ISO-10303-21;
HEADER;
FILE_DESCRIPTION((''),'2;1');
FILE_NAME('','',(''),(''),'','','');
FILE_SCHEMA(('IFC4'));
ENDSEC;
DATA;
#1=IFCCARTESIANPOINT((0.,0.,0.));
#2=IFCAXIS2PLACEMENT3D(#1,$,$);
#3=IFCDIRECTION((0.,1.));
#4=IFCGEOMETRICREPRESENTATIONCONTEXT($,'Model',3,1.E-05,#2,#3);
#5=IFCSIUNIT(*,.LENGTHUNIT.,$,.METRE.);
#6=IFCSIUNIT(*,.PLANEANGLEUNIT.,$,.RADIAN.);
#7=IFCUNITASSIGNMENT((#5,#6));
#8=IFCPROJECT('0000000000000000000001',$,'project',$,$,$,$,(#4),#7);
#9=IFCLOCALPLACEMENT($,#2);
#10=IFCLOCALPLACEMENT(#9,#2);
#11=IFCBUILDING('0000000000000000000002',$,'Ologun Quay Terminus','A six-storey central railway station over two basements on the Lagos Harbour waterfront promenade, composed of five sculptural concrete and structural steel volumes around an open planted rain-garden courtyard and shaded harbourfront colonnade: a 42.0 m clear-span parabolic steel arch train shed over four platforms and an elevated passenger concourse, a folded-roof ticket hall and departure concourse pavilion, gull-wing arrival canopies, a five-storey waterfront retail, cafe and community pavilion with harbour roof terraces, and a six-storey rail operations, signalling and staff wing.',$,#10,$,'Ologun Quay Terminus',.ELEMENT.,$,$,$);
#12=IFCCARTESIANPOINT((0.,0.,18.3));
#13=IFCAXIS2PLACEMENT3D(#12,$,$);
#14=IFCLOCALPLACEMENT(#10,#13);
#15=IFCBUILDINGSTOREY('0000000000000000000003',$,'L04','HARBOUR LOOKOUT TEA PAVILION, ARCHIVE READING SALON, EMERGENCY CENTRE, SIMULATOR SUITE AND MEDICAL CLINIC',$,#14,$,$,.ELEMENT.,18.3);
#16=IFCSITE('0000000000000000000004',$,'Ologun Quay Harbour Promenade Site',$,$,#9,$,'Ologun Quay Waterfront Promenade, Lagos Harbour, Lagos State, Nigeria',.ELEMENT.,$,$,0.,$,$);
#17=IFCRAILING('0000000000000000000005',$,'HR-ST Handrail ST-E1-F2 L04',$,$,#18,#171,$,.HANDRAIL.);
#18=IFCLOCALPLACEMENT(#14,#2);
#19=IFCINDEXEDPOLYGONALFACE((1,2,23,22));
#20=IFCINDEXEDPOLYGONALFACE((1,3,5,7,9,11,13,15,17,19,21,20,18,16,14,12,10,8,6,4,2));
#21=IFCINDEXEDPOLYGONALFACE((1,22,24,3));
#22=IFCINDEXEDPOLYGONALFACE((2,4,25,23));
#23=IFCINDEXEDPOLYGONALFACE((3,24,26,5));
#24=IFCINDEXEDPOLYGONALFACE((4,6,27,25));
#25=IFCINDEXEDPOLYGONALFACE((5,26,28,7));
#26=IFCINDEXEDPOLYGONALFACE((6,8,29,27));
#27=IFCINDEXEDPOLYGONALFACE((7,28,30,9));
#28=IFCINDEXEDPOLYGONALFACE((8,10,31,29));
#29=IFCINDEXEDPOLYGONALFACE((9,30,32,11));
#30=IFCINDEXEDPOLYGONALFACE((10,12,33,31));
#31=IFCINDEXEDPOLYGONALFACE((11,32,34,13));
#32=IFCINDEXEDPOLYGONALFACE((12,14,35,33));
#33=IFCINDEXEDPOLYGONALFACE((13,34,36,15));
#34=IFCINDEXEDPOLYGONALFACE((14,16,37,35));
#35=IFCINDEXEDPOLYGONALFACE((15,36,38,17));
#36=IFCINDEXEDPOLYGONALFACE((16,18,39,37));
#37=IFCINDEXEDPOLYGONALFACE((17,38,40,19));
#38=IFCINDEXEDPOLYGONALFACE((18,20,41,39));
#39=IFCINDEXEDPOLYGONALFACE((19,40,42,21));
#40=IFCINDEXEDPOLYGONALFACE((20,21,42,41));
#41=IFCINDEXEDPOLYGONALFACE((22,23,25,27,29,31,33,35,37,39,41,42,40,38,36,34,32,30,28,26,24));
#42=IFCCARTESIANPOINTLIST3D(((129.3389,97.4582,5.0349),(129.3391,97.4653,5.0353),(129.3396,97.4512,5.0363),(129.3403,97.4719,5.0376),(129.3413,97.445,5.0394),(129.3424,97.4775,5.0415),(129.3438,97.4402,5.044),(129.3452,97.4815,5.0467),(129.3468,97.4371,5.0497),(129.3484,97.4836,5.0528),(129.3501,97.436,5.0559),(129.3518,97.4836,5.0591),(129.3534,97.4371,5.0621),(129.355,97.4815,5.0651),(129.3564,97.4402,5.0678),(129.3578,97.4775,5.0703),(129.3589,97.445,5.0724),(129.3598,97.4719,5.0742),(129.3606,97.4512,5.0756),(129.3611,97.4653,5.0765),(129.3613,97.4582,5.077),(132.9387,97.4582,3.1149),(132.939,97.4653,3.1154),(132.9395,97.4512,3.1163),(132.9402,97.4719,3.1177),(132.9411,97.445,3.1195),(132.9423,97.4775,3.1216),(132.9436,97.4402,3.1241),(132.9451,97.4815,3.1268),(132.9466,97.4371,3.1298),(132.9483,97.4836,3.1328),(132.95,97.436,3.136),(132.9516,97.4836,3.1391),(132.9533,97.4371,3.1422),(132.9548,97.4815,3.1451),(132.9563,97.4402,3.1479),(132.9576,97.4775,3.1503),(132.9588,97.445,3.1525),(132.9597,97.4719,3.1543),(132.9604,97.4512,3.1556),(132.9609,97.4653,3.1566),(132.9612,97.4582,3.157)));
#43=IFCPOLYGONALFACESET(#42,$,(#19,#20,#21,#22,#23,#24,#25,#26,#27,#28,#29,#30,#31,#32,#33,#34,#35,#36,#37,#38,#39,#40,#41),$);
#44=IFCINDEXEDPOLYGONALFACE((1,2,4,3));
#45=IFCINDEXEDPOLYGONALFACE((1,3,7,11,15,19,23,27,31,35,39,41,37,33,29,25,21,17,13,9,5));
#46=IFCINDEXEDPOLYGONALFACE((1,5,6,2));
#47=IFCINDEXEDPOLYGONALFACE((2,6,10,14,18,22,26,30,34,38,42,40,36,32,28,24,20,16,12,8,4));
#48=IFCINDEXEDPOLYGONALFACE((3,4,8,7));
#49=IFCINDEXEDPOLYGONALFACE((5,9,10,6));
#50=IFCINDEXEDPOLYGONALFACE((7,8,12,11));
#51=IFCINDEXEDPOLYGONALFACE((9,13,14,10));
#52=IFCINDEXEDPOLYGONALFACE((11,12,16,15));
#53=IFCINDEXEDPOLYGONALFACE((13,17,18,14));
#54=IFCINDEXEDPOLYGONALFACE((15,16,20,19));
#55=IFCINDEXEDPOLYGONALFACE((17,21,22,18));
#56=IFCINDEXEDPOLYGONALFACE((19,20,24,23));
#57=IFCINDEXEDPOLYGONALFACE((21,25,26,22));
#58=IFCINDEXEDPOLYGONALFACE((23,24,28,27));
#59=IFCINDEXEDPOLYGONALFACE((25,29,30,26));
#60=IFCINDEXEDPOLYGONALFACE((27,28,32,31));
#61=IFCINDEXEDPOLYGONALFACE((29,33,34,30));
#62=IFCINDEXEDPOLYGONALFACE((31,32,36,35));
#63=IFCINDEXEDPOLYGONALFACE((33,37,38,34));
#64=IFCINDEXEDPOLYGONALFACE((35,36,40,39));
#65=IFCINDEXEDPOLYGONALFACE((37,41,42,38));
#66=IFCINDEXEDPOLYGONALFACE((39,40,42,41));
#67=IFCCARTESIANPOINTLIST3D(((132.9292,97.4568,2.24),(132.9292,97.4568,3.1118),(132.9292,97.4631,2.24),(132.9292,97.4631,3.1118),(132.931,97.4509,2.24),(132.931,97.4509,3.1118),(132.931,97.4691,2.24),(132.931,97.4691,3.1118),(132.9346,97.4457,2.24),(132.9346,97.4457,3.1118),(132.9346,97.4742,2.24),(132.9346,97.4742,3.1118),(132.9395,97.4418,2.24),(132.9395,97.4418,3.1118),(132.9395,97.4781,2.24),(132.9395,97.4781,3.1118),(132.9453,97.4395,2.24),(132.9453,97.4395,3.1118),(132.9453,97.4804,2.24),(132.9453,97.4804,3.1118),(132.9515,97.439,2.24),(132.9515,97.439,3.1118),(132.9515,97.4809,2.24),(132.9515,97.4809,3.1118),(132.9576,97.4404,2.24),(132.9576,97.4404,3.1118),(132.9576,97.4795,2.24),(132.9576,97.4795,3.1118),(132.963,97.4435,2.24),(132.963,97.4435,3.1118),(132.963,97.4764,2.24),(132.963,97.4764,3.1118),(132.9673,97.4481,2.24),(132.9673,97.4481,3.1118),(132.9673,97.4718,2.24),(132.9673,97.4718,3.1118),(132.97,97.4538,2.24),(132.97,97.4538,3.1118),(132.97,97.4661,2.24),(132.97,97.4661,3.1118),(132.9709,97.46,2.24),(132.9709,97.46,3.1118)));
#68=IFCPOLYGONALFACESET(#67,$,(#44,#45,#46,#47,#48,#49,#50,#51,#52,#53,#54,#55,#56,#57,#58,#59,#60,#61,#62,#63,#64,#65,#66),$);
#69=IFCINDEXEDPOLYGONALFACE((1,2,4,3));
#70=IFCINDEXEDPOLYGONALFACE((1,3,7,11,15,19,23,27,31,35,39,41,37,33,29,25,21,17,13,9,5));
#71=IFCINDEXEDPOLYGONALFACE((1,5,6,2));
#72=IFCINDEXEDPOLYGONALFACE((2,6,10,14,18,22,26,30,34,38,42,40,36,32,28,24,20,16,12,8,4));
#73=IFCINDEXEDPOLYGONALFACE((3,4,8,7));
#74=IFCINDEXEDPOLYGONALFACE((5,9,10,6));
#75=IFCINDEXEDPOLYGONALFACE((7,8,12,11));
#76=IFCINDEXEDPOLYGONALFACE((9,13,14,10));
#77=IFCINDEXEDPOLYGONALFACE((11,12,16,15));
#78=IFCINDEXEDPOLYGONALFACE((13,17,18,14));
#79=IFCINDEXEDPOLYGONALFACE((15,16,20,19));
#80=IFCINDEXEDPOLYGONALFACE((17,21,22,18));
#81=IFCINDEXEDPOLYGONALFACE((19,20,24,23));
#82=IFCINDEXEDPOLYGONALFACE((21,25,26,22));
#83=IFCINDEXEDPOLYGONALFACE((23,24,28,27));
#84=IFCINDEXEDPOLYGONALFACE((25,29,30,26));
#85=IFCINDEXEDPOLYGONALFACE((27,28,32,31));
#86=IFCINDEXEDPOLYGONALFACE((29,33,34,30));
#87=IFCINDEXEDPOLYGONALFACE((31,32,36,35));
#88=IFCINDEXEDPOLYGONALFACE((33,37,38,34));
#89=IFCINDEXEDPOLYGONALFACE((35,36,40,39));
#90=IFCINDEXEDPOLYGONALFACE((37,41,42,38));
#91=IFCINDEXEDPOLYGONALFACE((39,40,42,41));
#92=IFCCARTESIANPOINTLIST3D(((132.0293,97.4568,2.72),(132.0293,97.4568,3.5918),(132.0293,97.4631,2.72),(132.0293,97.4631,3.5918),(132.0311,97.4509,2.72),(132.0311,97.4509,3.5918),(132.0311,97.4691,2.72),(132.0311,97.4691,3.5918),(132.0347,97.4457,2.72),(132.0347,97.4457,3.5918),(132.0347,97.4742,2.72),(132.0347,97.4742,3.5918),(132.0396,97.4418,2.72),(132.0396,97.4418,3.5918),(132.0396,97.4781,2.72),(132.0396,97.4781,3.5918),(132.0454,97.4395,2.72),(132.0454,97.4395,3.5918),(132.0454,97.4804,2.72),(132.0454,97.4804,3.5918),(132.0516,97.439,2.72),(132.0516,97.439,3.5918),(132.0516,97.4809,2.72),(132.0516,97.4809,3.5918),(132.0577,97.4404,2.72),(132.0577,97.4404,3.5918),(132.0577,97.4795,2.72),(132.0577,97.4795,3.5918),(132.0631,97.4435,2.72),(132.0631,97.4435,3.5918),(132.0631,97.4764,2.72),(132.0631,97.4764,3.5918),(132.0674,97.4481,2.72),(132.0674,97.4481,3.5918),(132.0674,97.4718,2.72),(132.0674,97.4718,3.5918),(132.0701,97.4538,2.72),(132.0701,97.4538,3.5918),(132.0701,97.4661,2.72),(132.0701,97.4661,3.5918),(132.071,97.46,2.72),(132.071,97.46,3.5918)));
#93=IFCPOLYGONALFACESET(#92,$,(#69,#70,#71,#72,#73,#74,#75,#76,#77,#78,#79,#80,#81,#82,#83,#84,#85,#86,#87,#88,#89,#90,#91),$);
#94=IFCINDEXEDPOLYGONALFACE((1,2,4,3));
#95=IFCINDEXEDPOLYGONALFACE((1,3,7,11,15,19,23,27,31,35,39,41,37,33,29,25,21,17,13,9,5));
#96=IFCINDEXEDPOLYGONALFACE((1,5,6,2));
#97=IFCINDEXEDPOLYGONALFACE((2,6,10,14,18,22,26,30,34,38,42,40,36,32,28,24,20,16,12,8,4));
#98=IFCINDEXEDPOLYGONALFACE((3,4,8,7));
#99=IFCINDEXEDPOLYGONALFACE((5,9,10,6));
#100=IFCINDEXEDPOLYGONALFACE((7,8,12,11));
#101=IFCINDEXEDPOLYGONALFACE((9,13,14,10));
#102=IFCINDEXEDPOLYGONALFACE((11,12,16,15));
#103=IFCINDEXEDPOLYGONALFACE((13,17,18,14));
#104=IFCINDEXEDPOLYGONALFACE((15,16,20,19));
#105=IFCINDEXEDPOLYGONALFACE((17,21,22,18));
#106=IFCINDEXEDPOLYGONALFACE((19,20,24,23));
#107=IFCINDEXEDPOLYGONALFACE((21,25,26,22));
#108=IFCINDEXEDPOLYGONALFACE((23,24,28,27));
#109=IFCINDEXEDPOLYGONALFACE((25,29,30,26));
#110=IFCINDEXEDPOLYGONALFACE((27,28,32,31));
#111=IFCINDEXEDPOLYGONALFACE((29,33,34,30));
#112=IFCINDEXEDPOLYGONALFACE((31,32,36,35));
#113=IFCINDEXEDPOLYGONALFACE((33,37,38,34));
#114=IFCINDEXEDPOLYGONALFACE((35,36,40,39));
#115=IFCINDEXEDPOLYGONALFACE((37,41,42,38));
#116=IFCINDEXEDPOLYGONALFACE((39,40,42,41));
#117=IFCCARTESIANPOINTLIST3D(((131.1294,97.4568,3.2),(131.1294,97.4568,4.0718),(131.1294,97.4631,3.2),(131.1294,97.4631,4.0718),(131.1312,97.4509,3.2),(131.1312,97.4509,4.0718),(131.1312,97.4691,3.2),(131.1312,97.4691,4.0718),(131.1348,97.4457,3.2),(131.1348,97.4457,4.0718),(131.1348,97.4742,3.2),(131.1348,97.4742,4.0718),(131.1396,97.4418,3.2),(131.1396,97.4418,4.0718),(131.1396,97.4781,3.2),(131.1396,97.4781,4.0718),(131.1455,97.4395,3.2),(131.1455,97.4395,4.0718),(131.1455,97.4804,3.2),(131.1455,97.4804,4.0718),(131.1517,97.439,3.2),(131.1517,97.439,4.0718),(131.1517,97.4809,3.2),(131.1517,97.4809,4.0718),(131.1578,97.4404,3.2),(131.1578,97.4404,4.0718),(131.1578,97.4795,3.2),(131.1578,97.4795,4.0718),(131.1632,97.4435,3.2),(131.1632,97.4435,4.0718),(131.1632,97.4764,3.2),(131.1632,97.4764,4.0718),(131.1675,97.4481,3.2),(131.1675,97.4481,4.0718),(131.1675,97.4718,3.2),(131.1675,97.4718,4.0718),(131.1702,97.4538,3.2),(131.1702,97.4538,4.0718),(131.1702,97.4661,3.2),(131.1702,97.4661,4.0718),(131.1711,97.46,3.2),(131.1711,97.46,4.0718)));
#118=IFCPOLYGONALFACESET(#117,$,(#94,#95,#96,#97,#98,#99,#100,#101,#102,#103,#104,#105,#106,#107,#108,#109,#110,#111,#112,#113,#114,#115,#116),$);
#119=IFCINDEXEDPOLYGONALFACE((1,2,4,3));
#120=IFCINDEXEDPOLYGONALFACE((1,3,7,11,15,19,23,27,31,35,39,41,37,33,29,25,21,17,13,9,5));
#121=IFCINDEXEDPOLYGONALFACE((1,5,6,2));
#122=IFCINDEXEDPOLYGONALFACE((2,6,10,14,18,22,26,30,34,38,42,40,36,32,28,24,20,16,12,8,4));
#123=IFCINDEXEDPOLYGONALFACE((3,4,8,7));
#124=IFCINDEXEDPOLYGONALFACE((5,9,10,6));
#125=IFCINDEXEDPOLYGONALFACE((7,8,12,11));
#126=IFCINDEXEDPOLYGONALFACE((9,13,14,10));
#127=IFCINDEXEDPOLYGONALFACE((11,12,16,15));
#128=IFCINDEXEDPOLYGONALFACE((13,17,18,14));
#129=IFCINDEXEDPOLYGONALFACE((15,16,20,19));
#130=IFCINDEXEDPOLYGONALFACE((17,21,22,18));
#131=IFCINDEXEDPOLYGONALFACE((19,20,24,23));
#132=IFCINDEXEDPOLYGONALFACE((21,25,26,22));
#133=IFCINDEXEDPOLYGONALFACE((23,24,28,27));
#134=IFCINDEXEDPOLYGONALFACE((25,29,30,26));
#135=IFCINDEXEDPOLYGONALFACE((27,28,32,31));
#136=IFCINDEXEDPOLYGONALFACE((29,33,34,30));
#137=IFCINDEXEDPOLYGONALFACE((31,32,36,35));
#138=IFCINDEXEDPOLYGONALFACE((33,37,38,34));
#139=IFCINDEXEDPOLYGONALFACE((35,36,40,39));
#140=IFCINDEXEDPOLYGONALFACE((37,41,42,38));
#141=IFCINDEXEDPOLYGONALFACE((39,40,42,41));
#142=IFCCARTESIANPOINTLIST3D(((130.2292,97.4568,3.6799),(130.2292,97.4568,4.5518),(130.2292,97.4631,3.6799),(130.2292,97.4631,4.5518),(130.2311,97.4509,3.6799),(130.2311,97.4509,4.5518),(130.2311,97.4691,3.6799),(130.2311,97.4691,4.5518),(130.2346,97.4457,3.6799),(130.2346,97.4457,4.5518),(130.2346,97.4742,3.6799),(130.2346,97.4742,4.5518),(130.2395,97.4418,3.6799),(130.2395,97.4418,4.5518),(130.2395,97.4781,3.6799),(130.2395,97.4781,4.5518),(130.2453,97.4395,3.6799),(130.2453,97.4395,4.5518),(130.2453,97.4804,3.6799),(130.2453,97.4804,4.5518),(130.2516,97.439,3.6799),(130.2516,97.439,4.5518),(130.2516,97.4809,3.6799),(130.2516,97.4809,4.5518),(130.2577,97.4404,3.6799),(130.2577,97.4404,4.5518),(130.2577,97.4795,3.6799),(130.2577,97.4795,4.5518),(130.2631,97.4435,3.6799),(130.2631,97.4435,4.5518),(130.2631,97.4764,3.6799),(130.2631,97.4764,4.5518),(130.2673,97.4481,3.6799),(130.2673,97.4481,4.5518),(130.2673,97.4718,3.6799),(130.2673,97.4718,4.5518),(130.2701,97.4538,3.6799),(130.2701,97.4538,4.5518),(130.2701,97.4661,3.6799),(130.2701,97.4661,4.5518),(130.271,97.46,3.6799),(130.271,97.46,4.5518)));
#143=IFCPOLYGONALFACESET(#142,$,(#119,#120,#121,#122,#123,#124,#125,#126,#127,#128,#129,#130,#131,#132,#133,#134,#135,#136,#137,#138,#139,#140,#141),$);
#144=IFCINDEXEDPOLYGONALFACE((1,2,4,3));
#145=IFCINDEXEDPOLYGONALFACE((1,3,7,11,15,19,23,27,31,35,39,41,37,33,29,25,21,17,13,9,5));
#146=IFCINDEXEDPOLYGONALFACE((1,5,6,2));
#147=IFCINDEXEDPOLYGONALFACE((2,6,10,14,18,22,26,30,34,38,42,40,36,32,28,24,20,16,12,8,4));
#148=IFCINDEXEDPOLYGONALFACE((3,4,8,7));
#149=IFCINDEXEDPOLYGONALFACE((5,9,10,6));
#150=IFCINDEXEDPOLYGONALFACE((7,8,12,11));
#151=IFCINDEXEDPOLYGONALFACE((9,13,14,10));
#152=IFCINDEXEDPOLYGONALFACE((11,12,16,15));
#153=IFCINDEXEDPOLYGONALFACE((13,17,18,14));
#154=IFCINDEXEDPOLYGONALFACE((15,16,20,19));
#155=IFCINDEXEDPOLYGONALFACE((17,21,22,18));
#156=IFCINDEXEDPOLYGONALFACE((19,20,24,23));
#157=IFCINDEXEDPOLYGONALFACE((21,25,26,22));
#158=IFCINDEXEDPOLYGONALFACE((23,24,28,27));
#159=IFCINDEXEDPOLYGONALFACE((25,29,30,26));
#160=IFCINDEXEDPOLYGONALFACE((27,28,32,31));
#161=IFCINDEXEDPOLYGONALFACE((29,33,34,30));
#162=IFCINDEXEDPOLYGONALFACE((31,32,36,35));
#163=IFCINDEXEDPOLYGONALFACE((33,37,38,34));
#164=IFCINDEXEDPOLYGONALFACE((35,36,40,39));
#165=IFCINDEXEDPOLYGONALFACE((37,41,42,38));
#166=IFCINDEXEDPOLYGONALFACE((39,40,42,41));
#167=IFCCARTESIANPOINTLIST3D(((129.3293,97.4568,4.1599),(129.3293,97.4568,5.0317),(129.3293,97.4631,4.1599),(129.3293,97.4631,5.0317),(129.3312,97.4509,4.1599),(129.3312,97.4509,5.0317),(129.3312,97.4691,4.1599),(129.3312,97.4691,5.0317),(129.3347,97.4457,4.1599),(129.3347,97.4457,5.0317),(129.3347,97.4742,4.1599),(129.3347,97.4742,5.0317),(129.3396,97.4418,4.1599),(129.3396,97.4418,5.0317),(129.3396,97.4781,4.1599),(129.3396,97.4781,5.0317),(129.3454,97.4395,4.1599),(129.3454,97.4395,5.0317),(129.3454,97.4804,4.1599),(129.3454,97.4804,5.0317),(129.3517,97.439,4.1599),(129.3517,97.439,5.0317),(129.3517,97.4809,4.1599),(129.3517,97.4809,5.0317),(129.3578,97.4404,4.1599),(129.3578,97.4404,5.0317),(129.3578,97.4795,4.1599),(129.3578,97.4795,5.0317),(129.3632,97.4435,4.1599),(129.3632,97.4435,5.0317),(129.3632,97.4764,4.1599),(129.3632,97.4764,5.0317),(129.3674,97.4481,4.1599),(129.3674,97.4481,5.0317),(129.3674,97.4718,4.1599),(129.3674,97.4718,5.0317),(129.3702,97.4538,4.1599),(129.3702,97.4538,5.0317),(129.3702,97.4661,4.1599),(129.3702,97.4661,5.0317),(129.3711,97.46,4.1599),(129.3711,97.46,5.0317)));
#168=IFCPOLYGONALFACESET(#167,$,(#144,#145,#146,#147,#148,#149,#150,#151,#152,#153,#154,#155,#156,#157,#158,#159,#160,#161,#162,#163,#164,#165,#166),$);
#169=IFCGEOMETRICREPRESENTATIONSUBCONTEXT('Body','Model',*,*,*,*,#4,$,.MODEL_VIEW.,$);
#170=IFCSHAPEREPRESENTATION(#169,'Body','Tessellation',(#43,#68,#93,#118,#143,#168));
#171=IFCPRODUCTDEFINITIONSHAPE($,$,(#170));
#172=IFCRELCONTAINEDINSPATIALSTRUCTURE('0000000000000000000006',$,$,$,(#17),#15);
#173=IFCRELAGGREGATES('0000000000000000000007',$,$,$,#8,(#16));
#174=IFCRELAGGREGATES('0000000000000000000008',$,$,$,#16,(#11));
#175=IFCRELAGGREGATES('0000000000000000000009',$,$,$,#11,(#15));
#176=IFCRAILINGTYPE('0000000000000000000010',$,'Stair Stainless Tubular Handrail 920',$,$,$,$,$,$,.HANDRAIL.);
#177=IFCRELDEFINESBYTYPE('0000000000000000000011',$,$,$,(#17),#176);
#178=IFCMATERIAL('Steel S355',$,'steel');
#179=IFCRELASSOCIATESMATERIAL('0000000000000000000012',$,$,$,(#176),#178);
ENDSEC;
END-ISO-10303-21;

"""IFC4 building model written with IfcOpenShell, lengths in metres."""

from ifc_helpers import new_model, si_unit, direction, frame, origin, origin_2d, place, context, subcontext, project, spatial, circle, extrude, material, type_object, element, save


model = new_model("IFC4")

# Units and contexts
model_context = context("Model", 3, precision=1e-05, world=origin(), true_north=direction((0.0, 1.0)))
body_context = subcontext(model_context, "Body", "Model", "MODEL_VIEW")
ifc_project = project(units=[si_unit("LENGTHUNIT", "METRE"), si_unit("PLANEANGLEUNIT", "RADIAN")], contexts=[model_context])

# Site, building, storey
site_placement = place(None, origin())
site = spatial("IfcSite", under=ifc_project, at=site_placement, Name="Ologun Quay Harbour Promenade Site", LongName="Ologun Quay Waterfront Promenade, Lagos Harbour, Lagos State, Nigeria", CompositionType="ELEMENT", RefElevation=0.0)
building_placement = place(site_placement, origin())
building = spatial("IfcBuilding", under=site, at=building_placement, Name="Ologun Quay Terminus", Description="A six-storey central railway station over two basements on the Lagos Harbour waterfront promenade, composed of five sculptural concrete and structural steel volumes around an open planted rain-garden courtyard and shaded harbourfront colonnade: a 42.0 m clear-span parabolic steel arch train shed over four platforms and an elevated passenger concourse, a folded-roof ticket hall and departure concourse pavilion, gull-wing arrival canopies, a five-storey waterfront retail, cafe and community pavilion with harbour roof terraces, and a six-storey rail operations, signalling and staff wing.", LongName="Ologun Quay Terminus", CompositionType="ELEMENT")
storey_placement = place(building_placement, frame((0.0, 0.0, 18.3)))
storey = spatial("IfcBuildingStorey", under=building, at=storey_placement, Name="L04", Description="HARBOUR LOOKOUT TEA PAVILION, ARCHIVE READING SALON, EMERGENCY CENTRE, SIMULATOR SUITE AND MEDICAL CLINIC", CompositionType="ELEMENT", Elevation=18.3)

# Railing
ifc_material_1 = material(Name="Steel S355", Category="steel")
railing_type_1 = type_object("IfcRailingType", Name="Stair Stainless Tubular Handrail 920", PredefinedType="HANDRAIL", material=ifc_material_1)
railing_1_placement = place(storey_placement, frame((132.95, 97.46, 2.24)))
element("IfcRailing", 1, at=railing_1_placement, inside=storey, type_object=railing_type_1, Name="HR-ST Handrail ST-E1-F2 L04", PredefinedType="HANDRAIL", context=body_context, shape_type="SweptSolid", body=[
    extrude(circle(Radius=0.0239, at=origin_2d()), frame((0.0, 0.0, 0.896), z_axis=(-0.882353, 0.0, 0.470588), x_axis=(0.0, -1.0, 0.0)), (0.0, 0.0, 1.0), 4.0798),
    extrude(circle(Radius=0.021, at=origin_2d()), origin(), (0.0, 0.0, 1.0), 0.8718),
    extrude(circle(Radius=0.021, at=origin_2d()), frame((-0.8999, 0.0, 0.48)), (0.0, 0.0, 1.0), 0.8718),
    extrude(circle(Radius=0.021, at=origin_2d()), frame((-1.7998, 0.0, 0.96)), (0.0, 0.0, 1.0), 0.8718),
    extrude(circle(Radius=0.021, at=origin_2d()), frame((-2.7, 0.0, 1.4399)), (0.0, 0.0, 1.0), 0.8718),
    extrude(circle(Radius=0.021, at=origin_2d()), frame((-3.5999, 0.0, 1.9199)), (0.0, 0.0, 1.0), 0.8718),
])

save(model, "model.ifc")
